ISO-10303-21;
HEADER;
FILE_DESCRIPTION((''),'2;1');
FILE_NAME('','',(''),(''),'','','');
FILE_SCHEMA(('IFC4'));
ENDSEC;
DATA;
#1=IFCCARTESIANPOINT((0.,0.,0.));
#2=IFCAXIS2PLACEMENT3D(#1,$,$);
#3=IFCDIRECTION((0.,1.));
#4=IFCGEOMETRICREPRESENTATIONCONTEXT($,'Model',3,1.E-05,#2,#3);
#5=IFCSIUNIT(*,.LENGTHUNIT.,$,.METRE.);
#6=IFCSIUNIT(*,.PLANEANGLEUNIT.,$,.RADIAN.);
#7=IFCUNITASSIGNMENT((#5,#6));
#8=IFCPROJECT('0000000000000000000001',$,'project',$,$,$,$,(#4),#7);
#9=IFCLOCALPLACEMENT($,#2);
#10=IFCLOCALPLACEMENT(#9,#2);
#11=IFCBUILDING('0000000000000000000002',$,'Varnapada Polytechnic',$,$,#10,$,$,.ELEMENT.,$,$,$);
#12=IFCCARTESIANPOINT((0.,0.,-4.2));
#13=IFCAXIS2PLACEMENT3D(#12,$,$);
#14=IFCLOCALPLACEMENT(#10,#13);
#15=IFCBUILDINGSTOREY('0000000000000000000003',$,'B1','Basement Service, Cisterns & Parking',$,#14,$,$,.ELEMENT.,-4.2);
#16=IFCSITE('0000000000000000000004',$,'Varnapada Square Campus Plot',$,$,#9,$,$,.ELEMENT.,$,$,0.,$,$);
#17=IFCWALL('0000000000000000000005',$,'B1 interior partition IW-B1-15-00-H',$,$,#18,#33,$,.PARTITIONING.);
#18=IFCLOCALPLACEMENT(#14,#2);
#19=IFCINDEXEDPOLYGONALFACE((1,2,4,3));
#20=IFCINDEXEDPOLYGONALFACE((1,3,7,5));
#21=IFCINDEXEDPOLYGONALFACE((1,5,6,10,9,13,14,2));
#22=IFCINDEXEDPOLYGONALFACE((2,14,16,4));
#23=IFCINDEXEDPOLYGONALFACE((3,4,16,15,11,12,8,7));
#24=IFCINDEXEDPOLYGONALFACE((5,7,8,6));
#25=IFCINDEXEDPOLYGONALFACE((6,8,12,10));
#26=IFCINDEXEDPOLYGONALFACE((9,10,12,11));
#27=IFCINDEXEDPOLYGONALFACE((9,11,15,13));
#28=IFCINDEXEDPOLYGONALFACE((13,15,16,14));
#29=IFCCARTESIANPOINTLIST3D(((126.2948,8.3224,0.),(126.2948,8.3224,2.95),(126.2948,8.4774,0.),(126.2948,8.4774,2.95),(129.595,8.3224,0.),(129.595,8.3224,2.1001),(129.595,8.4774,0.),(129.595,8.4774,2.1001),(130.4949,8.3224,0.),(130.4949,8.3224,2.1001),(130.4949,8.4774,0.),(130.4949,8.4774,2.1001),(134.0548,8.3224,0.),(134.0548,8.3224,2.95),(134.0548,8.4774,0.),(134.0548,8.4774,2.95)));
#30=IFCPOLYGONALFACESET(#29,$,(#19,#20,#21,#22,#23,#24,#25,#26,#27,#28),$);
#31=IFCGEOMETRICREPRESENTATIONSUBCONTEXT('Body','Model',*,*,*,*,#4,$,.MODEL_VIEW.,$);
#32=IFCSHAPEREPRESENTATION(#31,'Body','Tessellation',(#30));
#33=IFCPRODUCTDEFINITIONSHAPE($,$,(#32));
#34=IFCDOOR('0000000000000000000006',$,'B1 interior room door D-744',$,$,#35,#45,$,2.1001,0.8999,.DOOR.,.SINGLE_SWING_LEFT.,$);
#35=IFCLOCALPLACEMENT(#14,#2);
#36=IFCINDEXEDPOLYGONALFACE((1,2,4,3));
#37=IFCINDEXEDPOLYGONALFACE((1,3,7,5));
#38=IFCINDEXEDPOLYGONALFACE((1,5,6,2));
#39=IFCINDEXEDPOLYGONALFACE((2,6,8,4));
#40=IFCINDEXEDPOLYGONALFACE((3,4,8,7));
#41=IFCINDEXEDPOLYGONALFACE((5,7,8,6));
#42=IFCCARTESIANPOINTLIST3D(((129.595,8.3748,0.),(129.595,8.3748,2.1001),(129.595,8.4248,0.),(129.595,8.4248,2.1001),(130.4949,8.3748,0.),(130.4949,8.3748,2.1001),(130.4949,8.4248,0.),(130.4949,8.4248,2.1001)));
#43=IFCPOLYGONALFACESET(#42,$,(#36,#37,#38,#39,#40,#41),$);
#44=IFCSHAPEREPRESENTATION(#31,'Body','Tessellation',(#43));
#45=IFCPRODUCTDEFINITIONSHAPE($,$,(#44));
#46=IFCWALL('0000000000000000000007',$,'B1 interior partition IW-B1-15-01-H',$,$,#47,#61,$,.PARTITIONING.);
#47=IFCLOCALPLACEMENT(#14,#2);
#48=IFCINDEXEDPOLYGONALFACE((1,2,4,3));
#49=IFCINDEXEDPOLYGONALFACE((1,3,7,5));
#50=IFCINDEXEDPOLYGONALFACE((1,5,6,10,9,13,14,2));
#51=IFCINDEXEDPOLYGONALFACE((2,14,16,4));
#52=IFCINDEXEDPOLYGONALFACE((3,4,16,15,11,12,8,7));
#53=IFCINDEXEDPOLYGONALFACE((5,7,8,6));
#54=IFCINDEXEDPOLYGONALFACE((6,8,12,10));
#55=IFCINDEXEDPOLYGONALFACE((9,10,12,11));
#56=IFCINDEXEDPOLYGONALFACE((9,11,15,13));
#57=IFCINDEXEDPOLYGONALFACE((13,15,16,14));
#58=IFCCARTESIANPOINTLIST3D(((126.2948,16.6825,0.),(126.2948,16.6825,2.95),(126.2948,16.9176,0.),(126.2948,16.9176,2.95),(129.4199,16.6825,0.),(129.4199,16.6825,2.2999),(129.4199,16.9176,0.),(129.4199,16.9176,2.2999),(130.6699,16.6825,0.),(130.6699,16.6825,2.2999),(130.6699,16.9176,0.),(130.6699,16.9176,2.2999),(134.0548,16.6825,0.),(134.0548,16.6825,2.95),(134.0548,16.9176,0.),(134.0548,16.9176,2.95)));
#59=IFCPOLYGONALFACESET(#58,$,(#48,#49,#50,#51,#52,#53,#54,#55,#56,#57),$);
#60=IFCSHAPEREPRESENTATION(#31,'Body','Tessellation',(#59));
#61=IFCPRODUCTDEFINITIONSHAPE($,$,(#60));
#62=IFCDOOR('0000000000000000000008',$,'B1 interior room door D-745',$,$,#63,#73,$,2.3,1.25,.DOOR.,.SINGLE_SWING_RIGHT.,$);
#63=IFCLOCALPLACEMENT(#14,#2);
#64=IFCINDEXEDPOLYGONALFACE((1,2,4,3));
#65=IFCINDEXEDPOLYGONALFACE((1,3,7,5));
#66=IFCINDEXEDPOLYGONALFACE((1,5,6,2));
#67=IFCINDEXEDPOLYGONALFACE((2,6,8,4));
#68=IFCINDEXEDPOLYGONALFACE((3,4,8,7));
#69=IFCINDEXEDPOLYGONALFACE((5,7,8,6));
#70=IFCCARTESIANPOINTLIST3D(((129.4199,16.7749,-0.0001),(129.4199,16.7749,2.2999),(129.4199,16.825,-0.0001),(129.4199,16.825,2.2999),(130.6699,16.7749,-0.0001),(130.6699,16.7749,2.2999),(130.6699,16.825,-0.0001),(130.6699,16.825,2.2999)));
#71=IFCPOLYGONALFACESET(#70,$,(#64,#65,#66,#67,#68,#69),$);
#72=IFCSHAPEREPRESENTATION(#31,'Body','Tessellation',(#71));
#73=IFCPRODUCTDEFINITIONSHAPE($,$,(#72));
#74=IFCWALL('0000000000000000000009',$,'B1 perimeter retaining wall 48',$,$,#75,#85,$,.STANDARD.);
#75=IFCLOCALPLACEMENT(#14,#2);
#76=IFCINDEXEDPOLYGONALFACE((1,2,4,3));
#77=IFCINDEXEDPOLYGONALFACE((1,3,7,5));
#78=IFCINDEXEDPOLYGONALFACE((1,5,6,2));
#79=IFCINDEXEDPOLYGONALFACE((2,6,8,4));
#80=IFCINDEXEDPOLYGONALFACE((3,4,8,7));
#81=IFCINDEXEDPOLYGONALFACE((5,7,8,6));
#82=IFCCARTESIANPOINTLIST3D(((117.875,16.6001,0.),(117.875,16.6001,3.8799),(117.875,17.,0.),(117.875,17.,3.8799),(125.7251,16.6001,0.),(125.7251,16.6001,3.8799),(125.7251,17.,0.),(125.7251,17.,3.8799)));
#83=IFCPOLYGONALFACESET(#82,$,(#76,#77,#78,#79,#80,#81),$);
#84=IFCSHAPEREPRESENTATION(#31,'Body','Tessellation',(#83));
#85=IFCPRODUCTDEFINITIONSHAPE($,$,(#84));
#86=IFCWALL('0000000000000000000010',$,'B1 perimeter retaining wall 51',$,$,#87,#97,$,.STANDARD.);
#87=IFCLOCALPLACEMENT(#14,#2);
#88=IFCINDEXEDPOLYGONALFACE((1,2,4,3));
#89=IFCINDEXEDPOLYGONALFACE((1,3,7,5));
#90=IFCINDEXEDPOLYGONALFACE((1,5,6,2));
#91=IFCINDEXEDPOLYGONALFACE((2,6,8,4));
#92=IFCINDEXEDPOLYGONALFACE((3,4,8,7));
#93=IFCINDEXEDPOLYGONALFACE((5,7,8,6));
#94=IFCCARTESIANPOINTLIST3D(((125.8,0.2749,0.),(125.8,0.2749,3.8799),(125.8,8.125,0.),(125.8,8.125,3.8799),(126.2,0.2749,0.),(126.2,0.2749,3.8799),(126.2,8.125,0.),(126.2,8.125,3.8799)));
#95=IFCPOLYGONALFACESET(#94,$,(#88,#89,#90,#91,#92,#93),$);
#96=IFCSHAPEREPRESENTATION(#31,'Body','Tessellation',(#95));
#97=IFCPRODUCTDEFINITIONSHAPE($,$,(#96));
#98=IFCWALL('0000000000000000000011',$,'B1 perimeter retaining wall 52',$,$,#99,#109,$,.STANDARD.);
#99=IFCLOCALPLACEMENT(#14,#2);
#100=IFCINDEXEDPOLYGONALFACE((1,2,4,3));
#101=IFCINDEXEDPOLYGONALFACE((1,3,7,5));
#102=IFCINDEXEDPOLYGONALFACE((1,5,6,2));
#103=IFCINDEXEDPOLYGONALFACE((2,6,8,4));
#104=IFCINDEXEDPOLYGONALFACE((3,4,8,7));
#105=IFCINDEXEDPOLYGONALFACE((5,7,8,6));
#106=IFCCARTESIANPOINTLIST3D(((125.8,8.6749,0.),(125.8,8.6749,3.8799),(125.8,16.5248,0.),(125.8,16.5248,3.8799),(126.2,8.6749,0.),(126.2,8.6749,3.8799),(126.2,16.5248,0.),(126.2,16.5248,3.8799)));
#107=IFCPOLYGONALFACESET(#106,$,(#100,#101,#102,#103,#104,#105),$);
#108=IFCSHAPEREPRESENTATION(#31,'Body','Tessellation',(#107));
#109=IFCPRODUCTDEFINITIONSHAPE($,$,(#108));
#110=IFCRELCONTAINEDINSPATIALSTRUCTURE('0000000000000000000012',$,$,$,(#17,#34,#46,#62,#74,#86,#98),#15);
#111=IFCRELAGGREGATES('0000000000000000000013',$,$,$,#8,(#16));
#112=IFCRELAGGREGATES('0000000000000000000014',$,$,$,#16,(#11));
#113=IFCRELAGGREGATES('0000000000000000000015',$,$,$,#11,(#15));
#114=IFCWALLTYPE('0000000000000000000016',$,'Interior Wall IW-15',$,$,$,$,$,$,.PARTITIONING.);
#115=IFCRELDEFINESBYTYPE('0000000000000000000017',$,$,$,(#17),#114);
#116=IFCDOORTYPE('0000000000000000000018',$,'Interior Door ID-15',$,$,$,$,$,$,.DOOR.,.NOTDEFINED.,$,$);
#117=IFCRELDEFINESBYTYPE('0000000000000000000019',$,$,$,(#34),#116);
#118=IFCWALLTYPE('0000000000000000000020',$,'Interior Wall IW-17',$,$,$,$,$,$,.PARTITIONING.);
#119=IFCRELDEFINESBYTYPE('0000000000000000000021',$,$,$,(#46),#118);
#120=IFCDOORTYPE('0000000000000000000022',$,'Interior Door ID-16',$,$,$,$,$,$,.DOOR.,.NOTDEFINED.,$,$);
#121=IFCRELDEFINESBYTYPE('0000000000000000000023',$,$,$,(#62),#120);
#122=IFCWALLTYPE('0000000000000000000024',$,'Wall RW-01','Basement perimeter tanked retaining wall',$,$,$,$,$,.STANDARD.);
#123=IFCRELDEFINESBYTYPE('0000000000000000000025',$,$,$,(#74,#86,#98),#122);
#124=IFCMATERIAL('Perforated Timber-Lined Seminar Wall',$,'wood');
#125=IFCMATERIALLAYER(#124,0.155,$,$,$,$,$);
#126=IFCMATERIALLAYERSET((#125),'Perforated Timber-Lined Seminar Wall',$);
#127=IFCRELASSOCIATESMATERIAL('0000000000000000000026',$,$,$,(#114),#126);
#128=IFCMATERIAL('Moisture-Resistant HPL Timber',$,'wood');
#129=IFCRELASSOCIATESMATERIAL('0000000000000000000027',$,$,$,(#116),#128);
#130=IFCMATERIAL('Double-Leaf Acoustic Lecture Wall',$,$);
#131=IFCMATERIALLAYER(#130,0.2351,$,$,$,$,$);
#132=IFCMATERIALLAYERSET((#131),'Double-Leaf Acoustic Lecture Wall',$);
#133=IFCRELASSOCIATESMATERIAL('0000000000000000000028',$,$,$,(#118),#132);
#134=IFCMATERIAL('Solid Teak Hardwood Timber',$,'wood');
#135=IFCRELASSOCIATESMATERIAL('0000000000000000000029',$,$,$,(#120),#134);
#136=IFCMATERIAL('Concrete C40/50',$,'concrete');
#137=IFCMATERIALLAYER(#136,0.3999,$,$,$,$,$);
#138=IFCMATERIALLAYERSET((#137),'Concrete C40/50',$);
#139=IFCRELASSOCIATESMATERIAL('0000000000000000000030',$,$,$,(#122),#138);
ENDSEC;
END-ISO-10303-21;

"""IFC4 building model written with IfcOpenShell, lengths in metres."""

from ifc_helpers import new_model, si_unit, direction, frame, frame_2d, origin, place, context, subcontext, project, spatial, rectangle, extrude, material, layer, layer_set, type_object, element, fill, save


model = new_model("IFC4")

# Units and contexts
model_context = context("Model", 3, precision=1e-05, world=origin(), true_north=direction((0.0, 1.0)))
body_context = subcontext(model_context, "Body", "Model", "MODEL_VIEW")
ifc_project = project(units=[si_unit("LENGTHUNIT", "METRE"), si_unit("PLANEANGLEUNIT", "RADIAN")], contexts=[model_context])

# Site, building, storey
site_placement = place(None, origin())
site = spatial("IfcSite", under=ifc_project, at=site_placement, Name="Varnapada Square Campus Plot", CompositionType="ELEMENT", RefElevation=0.0)
building_placement = place(site_placement, origin())
building = spatial("IfcBuilding", under=site, at=building_placement, Name="Varnapada Polytechnic", CompositionType="ELEMENT")
storey_placement = place(building_placement, frame((0.0, 0.0, -4.2)))
storey = spatial("IfcBuildingStorey", under=building, at=storey_placement, Name="B1", Description="Basement Service, Cisterns & Parking", CompositionType="ELEMENT", Elevation=-4.2)

# Shared definitions
ifc_material_1 = material(Name="Concrete C40/50", Category="concrete")

# Walls, openings, doors
ifc_material_2 = material(Name="Perforated Timber-Lined Seminar Wall", Category="wood")
ifc_layer_1 = layer(ifc_material_2, 0.155)
ifc_layer_set_1 = layer_set([ifc_layer_1], Name="Perforated Timber-Lined Seminar Wall")
wall_type_1 = type_object("IfcWallType", Name="Interior Wall IW-15", PredefinedType="PARTITIONING", material=ifc_layer_set_1)
wall_1_placement = place(storey_placement, frame((126.2949, 8.3999, 0.0), z_axis=(0.0, 0.0, 1.0), x_axis=(1.0, 0.0, 0.0)))
wall_1 = element("IfcWall", 1, at=wall_1_placement, inside=storey, type_object=wall_type_1, Name="B1 interior partition IW-B1-15-00-H", PredefinedType="PARTITIONING", context=body_context, shape_type="SweptSolid", body=[
    extrude(rectangle(XDim=7.76, YDim=0.155, at=frame_2d((3.8799, 0.0))), origin(), (0.0, 0.0, 1.0), 2.95),
])
opening_1_placement = place(wall_1_placement, frame((3.3, 0.0, 0.0)))
opening_1 = element("IfcOpeningElement", 2, at=opening_1_placement, cuts=wall_1, PredefinedType="OPENING", context=body_context, shape_type="SweptSolid", body=[
    extrude(rectangle(XDim=0.8999, YDim=2.1001, at=frame_2d((0.45, 1.05))), frame((0.0, 0.0874, 0.0), z_axis=(0.0, -1.0, 0.0), x_axis=(1.0, 0.0, 0.0)), (0.0, 0.0, 1.0), 0.175),
])
ifc_material_3 = material(Name="Moisture-Resistant HPL Timber", Category="wood")
door_type_1 = type_object("IfcDoorType", Name="Interior Door ID-15", OperationType="NOTDEFINED", PredefinedType="DOOR", material=ifc_material_3)
door_1_placement = place(opening_1_placement, origin())
door_1 = element("IfcDoor", 3, at=door_1_placement, inside=storey, type_object=door_type_1, Name="B1 interior room door D-744", OperationType="SINGLE_SWING_LEFT", OverallHeight=2.1001, OverallWidth=0.8999, PredefinedType="DOOR", context=body_context, shape_type="SweptSolid", body=[
    extrude(rectangle(XDim=0.8999, YDim=2.1001, at=frame_2d((0.45, 1.05))), frame((0.0, 0.0249, 0.0), z_axis=(0.0, -1.0, 0.0), x_axis=(1.0, 0.0, 0.0)), (0.0, 0.0, 1.0), 0.05),
])
fill(opening_1, door_1)
ifc_material_4 = material(Name="Double-Leaf Acoustic Lecture Wall")
ifc_layer_2 = layer(ifc_material_4, 0.2351)
ifc_layer_set_2 = layer_set([ifc_layer_2], Name="Double-Leaf Acoustic Lecture Wall")
wall_type_2 = type_object("IfcWallType", Name="Interior Wall IW-17", PredefinedType="PARTITIONING", material=ifc_layer_set_2)
wall_2_placement = place(storey_placement, frame((126.2949, 16.8, 0.0), z_axis=(0.0, 0.0, 1.0), x_axis=(1.0, 0.0, 0.0)))
wall_2 = element("IfcWall", 4, at=wall_2_placement, inside=storey, type_object=wall_type_2, Name="B1 interior partition IW-B1-15-01-H", PredefinedType="PARTITIONING", context=body_context, shape_type="SweptSolid", body=[
    extrude(rectangle(XDim=7.76, YDim=0.2351, at=frame_2d((3.8799, 0.0))), origin(), (0.0, 0.0, 1.0), 2.95),
])
opening_2_placement = place(wall_2_placement, frame((3.125, 0.0, 0.0)))
opening_2 = element("IfcOpeningElement", 5, at=opening_2_placement, cuts=wall_2, PredefinedType="OPENING", context=body_context, shape_type="SweptSolid", body=[
    extrude(rectangle(XDim=1.25, YDim=2.3, at=frame_2d((0.625, 1.1499))), frame((0.0, 0.1274, 0.0), z_axis=(0.0, -1.0, 0.0), x_axis=(1.0, 0.0, 0.0)), (0.0, 0.0, 1.0), 0.2551),
])
ifc_material_5 = material(Name="Solid Teak Hardwood Timber", Category="wood")
door_type_2 = type_object("IfcDoorType", Name="Interior Door ID-16", OperationType="NOTDEFINED", PredefinedType="DOOR", material=ifc_material_5)
door_2_placement = place(opening_2_placement, origin())
door_2 = element("IfcDoor", 6, at=door_2_placement, inside=storey, type_object=door_type_2, Name="B1 interior room door D-745", OperationType="SINGLE_SWING_RIGHT", OverallHeight=2.3, OverallWidth=1.25, PredefinedType="DOOR", context=body_context, shape_type="SweptSolid", body=[
    extrude(rectangle(XDim=1.25, YDim=2.3, at=frame_2d((0.625, 1.1499))), frame((0.0, 0.0249, 0.0), z_axis=(0.0, -1.0, 0.0), x_axis=(1.0, 0.0, 0.0)), (0.0, 0.0, 1.0), 0.05),
])
fill(opening_2, door_2)

# Walls
ifc_layer_3 = layer(ifc_material_1, 0.3999)
ifc_layer_set_3 = layer_set([ifc_layer_3], Name="Concrete C40/50")
wall_type_3 = type_object("IfcWallType", Name="Wall RW-01", Description="Basement perimeter tanked retaining wall", PredefinedType="STANDARD", material=ifc_layer_set_3)
for number, where, z_axis, x_axis, name in (
    (7, (125.7251, 16.8, 0.0), (0.0, 0.0, 1.0), (-1.0, 0.0, 0.0), "B1 perimeter retaining wall 48"),
    (8, (126.0, 0.2749, 0.0), (0.0, 0.0, 1.0), (0.0, 1.0, 0.0), "B1 perimeter retaining wall 51"),
):
    element("IfcWall", number, at=place(storey_placement, frame(where, z_axis=z_axis, x_axis=x_axis)), inside=storey, type_object=wall_type_3, Name=name, PredefinedType="STANDARD", context=body_context, shape_type="SweptSolid", body=[
        extrude(rectangle(XDim=7.8501, YDim=0.3999, at=frame_2d((3.925, 0.0))), origin(), (0.0, 0.0, 1.0), 3.8799),
    ])
wall_3_placement = place(storey_placement, frame((126.0, 8.675, 0.0), z_axis=(0.0, 0.0, 1.0), x_axis=(0.0, 1.0, 0.0)))
element("IfcWall", 9, at=wall_3_placement, inside=storey, type_object=wall_type_3, Name="B1 perimeter retaining wall 52", PredefinedType="STANDARD", context=body_context, shape_type="SweptSolid", body=[
    extrude(rectangle(XDim=7.8499, YDim=0.3999, at=frame_2d((3.9248, 0.0))), origin(), (0.0, 0.0, 1.0), 3.8799),
])

save(model, "model.ifc")
